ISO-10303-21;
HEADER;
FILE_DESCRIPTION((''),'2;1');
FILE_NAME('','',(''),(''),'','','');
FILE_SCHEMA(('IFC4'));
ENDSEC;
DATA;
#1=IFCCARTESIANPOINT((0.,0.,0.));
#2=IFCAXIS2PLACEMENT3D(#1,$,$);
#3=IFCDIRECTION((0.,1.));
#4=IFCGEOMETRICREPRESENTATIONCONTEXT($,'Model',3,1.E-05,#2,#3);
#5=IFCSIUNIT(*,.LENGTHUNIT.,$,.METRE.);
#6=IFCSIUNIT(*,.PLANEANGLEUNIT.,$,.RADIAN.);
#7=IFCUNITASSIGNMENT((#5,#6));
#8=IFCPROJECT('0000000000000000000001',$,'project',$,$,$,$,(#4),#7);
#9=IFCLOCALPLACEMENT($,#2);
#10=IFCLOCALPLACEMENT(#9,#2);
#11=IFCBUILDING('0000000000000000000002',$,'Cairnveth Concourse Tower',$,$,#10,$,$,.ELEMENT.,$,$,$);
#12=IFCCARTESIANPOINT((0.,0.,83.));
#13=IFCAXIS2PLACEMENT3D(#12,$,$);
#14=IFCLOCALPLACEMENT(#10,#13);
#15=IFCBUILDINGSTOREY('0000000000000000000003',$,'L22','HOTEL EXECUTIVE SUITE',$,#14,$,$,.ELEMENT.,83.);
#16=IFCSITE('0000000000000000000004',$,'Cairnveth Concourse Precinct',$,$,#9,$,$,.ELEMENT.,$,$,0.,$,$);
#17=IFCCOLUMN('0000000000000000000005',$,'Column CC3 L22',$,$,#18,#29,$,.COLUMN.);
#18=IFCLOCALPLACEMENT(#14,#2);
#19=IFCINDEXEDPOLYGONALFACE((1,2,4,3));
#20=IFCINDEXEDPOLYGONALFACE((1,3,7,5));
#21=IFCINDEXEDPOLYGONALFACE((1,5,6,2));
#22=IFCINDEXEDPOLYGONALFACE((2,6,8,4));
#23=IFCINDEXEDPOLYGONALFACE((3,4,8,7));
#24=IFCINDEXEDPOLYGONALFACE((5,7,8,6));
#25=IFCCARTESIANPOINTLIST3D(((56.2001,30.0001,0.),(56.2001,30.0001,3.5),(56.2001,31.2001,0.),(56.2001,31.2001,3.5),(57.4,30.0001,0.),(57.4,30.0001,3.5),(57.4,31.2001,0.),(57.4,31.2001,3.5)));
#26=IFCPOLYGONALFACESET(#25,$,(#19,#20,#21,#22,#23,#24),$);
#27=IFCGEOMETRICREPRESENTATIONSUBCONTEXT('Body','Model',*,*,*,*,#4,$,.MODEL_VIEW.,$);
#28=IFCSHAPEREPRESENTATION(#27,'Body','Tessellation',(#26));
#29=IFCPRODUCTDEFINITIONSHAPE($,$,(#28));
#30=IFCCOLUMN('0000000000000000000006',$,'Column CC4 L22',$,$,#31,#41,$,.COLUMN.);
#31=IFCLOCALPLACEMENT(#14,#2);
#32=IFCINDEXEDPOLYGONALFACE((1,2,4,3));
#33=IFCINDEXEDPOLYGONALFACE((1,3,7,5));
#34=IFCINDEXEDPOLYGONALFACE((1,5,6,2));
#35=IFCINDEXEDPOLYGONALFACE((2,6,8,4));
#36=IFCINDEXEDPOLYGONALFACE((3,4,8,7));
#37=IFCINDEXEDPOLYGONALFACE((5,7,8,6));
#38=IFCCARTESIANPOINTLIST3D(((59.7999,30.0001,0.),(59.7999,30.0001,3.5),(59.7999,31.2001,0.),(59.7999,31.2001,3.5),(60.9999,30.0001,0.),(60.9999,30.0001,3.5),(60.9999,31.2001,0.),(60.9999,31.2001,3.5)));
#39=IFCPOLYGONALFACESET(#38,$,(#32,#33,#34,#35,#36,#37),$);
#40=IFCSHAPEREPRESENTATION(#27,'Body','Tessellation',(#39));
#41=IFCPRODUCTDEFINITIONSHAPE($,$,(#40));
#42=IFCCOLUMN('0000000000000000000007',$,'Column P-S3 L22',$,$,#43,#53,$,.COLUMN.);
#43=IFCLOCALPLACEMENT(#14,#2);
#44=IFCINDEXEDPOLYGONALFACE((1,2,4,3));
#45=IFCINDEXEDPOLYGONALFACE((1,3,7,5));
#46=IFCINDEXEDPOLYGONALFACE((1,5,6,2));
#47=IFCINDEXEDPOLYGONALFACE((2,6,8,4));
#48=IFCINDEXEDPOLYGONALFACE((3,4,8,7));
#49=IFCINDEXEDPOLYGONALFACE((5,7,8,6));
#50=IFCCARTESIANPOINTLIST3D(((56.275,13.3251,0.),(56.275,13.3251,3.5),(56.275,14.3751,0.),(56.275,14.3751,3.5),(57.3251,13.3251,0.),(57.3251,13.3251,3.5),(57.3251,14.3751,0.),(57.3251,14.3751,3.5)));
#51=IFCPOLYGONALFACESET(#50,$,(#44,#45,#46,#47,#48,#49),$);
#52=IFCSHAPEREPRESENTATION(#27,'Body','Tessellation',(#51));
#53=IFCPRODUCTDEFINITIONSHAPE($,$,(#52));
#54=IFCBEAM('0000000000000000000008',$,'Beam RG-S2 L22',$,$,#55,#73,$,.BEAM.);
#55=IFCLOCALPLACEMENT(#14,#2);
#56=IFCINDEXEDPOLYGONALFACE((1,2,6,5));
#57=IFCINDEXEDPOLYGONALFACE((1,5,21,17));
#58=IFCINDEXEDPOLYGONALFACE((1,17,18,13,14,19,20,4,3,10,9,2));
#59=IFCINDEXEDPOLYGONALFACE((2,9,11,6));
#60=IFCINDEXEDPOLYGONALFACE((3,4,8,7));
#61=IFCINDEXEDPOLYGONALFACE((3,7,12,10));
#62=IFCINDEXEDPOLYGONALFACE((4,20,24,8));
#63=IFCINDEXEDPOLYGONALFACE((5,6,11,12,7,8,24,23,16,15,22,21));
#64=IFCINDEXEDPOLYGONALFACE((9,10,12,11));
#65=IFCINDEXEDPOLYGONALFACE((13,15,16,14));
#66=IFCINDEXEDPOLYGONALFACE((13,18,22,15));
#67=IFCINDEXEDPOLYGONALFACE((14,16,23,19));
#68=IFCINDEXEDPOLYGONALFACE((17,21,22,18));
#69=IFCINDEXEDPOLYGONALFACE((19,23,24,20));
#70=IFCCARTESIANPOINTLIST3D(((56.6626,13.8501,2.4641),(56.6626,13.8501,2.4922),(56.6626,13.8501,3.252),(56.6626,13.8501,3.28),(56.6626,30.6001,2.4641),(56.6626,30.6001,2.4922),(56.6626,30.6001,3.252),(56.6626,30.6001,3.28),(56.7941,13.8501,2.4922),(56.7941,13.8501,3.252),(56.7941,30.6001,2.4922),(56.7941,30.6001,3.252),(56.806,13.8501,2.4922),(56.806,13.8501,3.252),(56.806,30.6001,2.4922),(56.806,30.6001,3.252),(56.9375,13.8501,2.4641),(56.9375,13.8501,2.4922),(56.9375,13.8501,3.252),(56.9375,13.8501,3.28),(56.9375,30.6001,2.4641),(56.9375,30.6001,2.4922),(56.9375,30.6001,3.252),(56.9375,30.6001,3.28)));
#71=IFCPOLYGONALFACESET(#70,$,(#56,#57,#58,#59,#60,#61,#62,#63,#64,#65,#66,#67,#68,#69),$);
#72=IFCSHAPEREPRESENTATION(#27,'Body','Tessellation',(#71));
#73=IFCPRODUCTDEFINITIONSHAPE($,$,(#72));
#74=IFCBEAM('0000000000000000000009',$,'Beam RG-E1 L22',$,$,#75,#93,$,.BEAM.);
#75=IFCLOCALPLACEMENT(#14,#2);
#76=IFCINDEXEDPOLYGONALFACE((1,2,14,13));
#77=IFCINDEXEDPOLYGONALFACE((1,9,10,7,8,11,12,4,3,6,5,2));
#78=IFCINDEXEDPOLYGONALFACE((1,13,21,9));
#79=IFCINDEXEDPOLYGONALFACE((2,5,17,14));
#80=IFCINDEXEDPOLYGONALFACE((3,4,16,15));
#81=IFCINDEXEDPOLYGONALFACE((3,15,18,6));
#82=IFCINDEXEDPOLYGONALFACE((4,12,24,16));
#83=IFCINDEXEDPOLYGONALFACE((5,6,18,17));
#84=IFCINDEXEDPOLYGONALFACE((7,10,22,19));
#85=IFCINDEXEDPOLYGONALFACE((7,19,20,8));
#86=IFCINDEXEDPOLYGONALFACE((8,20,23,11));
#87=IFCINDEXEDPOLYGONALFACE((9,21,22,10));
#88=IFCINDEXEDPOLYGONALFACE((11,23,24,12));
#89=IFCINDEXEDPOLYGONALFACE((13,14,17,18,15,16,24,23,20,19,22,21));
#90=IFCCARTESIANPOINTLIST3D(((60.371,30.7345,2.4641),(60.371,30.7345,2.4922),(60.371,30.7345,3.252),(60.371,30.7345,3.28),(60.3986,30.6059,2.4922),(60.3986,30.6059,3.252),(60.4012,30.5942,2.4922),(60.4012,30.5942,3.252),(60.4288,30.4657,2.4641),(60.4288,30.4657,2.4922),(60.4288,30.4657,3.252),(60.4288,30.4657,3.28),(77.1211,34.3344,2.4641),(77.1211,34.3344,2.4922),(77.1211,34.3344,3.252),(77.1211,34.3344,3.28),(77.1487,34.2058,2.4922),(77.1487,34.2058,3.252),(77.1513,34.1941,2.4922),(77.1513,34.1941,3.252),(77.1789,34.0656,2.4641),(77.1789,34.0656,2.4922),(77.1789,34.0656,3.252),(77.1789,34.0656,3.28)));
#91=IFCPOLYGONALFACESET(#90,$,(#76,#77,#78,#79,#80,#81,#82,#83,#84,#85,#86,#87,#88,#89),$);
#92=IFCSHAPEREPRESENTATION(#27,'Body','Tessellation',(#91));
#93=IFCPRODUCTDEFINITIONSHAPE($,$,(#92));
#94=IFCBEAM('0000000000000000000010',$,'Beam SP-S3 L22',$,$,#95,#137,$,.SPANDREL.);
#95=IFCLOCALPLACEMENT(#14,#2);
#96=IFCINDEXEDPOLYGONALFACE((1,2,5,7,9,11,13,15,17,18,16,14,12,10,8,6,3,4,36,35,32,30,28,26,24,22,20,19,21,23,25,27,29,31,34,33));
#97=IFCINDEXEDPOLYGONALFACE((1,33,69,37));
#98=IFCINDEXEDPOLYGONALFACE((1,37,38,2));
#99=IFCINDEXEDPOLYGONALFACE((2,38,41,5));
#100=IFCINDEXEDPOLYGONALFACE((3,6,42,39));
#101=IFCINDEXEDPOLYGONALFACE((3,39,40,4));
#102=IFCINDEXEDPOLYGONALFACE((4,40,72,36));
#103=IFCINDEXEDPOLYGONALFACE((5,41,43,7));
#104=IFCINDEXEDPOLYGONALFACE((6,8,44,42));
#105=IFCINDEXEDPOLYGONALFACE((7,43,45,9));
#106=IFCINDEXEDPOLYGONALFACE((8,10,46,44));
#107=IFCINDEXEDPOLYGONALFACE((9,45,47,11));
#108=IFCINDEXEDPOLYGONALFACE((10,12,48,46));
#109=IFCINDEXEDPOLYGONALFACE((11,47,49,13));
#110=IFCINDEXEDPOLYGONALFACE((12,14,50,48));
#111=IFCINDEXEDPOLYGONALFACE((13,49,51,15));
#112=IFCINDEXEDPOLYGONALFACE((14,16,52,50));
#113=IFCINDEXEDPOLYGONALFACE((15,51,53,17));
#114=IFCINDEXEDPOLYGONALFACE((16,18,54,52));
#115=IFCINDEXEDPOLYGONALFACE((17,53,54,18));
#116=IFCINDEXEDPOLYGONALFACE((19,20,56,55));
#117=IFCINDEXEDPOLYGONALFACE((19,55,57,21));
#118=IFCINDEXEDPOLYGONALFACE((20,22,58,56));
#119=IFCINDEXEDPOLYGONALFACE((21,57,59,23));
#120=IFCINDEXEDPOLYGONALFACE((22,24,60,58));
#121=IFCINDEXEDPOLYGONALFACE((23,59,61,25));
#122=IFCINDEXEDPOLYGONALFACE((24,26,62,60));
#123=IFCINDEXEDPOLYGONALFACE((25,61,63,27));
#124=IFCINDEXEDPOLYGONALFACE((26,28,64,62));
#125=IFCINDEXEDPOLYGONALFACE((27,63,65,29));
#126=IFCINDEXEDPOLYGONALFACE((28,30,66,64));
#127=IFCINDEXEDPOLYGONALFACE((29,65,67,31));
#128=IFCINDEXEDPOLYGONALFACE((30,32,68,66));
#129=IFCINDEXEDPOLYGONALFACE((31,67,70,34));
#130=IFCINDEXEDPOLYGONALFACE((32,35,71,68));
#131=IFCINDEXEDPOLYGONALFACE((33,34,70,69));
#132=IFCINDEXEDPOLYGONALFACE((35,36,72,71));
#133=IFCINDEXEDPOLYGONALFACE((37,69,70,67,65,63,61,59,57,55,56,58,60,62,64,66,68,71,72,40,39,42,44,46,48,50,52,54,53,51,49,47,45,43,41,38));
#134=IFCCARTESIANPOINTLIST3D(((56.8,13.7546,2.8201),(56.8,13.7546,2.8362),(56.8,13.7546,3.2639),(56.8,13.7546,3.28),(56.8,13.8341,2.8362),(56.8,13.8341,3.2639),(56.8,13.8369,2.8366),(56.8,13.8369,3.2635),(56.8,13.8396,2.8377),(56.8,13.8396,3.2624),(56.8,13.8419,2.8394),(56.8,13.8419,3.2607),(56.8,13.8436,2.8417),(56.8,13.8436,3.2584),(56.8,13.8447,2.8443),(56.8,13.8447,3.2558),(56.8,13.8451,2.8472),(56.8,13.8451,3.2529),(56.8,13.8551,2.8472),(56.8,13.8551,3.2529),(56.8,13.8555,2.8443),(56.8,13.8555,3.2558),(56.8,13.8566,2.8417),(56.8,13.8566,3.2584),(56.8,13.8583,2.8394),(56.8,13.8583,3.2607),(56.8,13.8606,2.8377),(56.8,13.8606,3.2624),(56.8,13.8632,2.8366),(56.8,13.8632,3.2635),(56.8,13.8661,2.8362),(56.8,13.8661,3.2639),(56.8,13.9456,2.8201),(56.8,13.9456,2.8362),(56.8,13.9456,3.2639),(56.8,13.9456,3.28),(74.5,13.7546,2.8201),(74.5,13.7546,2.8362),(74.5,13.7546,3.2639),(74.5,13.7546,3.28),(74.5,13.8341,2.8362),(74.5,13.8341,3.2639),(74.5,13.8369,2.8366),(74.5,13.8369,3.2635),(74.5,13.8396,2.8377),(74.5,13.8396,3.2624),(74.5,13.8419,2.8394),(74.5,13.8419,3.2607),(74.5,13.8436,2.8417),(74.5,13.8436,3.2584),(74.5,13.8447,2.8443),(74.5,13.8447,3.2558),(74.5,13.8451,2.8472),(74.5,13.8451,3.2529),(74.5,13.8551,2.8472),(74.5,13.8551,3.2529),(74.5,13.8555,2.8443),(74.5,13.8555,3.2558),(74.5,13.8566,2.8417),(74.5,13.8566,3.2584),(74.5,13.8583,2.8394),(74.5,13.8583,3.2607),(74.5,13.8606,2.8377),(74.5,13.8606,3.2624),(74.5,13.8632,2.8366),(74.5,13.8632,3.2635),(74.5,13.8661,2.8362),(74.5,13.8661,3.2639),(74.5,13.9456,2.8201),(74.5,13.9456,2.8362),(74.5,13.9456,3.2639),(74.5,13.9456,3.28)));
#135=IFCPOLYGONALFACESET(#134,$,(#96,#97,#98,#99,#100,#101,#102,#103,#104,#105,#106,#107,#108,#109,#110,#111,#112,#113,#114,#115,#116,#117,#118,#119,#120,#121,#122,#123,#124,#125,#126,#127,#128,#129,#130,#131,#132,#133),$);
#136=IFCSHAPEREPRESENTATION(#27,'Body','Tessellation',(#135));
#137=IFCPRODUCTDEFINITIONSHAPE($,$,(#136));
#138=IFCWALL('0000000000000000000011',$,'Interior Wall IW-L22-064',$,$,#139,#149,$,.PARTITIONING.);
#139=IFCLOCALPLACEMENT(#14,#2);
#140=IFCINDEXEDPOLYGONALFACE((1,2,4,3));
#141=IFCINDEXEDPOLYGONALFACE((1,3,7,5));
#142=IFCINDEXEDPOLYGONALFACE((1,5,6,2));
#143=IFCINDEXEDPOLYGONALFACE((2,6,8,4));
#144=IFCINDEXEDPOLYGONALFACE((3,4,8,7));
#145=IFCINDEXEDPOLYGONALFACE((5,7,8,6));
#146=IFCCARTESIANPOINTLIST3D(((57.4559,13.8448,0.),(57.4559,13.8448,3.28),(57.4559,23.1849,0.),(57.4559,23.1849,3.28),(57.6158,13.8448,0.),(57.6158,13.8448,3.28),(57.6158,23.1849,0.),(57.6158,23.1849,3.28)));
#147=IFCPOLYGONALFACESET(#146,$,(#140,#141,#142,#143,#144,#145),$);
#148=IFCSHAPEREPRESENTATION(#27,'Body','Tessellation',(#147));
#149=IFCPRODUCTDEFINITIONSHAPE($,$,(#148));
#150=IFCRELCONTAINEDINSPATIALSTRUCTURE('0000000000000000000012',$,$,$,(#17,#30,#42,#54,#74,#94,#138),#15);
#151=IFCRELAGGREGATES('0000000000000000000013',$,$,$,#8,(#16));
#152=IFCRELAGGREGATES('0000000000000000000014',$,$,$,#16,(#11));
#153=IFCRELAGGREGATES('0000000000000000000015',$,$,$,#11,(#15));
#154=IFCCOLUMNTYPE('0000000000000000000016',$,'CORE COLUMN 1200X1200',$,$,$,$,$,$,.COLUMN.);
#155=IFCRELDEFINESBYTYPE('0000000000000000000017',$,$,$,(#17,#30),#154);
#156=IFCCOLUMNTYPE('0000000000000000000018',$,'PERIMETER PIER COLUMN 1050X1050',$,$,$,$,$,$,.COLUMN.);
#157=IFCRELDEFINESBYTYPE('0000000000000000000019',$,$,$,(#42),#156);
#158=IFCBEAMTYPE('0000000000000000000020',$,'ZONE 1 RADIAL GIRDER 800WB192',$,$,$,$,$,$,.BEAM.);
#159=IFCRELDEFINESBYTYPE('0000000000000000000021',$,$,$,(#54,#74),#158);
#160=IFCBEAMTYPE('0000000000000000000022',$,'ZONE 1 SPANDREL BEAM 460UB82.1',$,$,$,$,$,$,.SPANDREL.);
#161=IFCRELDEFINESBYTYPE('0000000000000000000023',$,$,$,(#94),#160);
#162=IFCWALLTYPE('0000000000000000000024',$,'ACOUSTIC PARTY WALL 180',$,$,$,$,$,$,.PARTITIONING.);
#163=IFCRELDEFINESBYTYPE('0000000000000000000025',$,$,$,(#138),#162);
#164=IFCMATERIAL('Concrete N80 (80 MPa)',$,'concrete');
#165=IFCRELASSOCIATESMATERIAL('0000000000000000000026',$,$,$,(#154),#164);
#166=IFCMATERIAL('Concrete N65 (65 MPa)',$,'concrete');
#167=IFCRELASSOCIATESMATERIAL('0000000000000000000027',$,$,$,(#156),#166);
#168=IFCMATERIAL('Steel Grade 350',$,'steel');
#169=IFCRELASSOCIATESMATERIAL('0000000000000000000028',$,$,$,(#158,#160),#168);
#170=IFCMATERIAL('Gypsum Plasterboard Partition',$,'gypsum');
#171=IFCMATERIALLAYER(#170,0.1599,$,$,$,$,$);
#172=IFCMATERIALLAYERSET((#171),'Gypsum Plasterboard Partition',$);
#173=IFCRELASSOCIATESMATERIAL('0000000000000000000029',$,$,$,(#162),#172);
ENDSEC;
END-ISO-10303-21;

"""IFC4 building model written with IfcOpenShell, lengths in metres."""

from ifc_helpers import new_model, si_unit, direction, frame, frame_2d, origin, origin_2d, place, context, subcontext, project, spatial, rectangle, i_section, extrude, material, layer, layer_set, material_profile, profile_set, type_object, element, save


model = new_model("IFC4")

# Units and contexts
model_context = context("Model", 3, precision=1e-05, world=origin(), true_north=direction((0.0, 1.0)))
body_context = subcontext(model_context, "Body", "Model", "MODEL_VIEW")
ifc_project = project(units=[si_unit("LENGTHUNIT", "METRE"), si_unit("PLANEANGLEUNIT", "RADIAN")], contexts=[model_context])

# Site, building, storey
site_placement = place(None, origin())
site = spatial("IfcSite", under=ifc_project, at=site_placement, Name="Cairnveth Concourse Precinct", CompositionType="ELEMENT", RefElevation=0.0)
building_placement = place(site_placement, origin())
building = spatial("IfcBuilding", under=site, at=building_placement, Name="Cairnveth Concourse Tower", CompositionType="ELEMENT")
storey_placement = place(building_placement, frame((0.0, 0.0, 83.0)))
storey = spatial("IfcBuildingStorey", under=building, at=storey_placement, Name="L22", Description="HOTEL EXECUTIVE SUITE", CompositionType="ELEMENT", Elevation=83.0)

# Columns
ifc_material_1 = material(Name="Concrete N80 (80 MPa)", Category="concrete")
ifc_material_profile_1 = material_profile(ifc_material_1, rectangle(XDim=1.2, YDim=1.2, at=origin_2d()), Name="RC-COL-1200x1200")
ifc_profile_set_1 = profile_set([ifc_material_profile_1], Name="Concrete N80 (80 MPa)")
column_type_1 = type_object("IfcColumnType", Name="CORE COLUMN 1200X1200", PredefinedType="COLUMN", material=ifc_profile_set_1)
for number, where, z_axis, x_axis, name in (
    (1, (56.8, 30.6001, 0.0), (0.0, 0.0, 1.0), (1.0, 0.0, 0.0), "Column CC3 L22"),
    (2, (60.3999, 30.6001, 0.0), (0.0, 0.0, 1.0), (1.0, 0.0, 0.0), "Column CC4 L22"),
):
    element("IfcColumn", number, at=place(storey_placement, frame(where, z_axis=z_axis, x_axis=x_axis)), inside=storey, type_object=column_type_1, Name=name, PredefinedType="COLUMN", context=body_context, shape_type="SweptSolid", body=[
        extrude(rectangle(XDim=1.2, YDim=1.2, at=origin_2d()), origin(), (0.0, 0.0, 1.0), 3.5),
    ])
ifc_material_2 = material(Name="Concrete N65 (65 MPa)", Category="concrete")
ifc_material_profile_2 = material_profile(ifc_material_2, rectangle(XDim=1.05, YDim=1.05, at=origin_2d()), Name="RC-COL-1050x1050")
ifc_profile_set_2 = profile_set([ifc_material_profile_2], Name="Concrete N65 (65 MPa)")
column_type_2 = type_object("IfcColumnType", Name="PERIMETER PIER COLUMN 1050X1050", PredefinedType="COLUMN", material=ifc_profile_set_2)
column_placement = place(storey_placement, frame((56.8, 13.8501, 0.0), z_axis=(0.0, 0.0, 1.0), x_axis=(1.0, 0.0, 0.0)))
element("IfcColumn", 3, at=column_placement, inside=storey, type_object=column_type_2, Name="Column P-S3 L22", PredefinedType="COLUMN", context=body_context, shape_type="SweptSolid", body=[
    extrude(rectangle(XDim=1.05, YDim=1.05, at=origin_2d()), origin(), (0.0, 0.0, 1.0), 3.5),
])

# Beams
ifc_material_3 = material(Name="Steel Grade 350", Category="steel")
ifc_material_profile_3 = material_profile(ifc_material_3, i_section(OverallWidth=0.2749, OverallDepth=0.8159, WebThickness=0.012, FlangeThickness=0.0281, at=origin_2d()), Name="800WB192")
ifc_profile_set_3 = profile_set([ifc_material_profile_3], Name="Steel Grade 350")
beam_type_1 = type_object("IfcBeamType", Name="ZONE 1 RADIAL GIRDER 800WB192", PredefinedType="BEAM", material=ifc_profile_set_3)
beam_1_placement = place(storey_placement, frame((56.8, 13.8501, 2.8721), z_axis=(0.0, 1.0, 0.0), x_axis=(-1.0, 0.0, 0.0)))
element("IfcBeam", 4, at=beam_1_placement, inside=storey, type_object=beam_type_1, Name="Beam RG-S2 L22", PredefinedType="BEAM", context=body_context, shape_type="SweptSolid", body=[
    extrude(i_section(OverallWidth=0.2749, OverallDepth=0.8159, WebThickness=0.012, FlangeThickness=0.0281, at=origin_2d()), origin(), (0.0, 0.0, 1.0), 16.75),
])
beam_2_placement = place(storey_placement, frame((60.3999, 30.6001, 2.8721), z_axis=(0.977676, 0.210119, 0.0), x_axis=(-0.210119, 0.977676, 0.0)))
element("IfcBeam", 5, at=beam_2_placement, inside=storey, type_object=beam_type_1, Name="Beam RG-E1 L22", PredefinedType="BEAM", context=body_context, shape_type="SweptSolid", body=[
    extrude(i_section(OverallWidth=0.2749, OverallDepth=0.8159, WebThickness=0.012, FlangeThickness=0.0281, at=origin_2d()), origin(), (0.0, 0.0, 1.0), 17.1326),
])
ifc_material_profile_4 = material_profile(ifc_material_3, i_section(OverallWidth=0.1909, OverallDepth=0.46, WebThickness=0.01, FlangeThickness=0.0161, FilletRadius=0.011, at=origin_2d()), Name="460UB82.1")
ifc_profile_set_4 = profile_set([ifc_material_profile_4], Name="Steel Grade 350")
beam_type_2 = type_object("IfcBeamType", Name="ZONE 1 SPANDREL BEAM 460UB82.1", PredefinedType="SPANDREL", material=ifc_profile_set_4)
beam_3_placement = place(storey_placement, frame((56.8, 13.8501, 3.05), z_axis=(1.0, 0.0, 0.0), x_axis=(0.0, 1.0, 0.0)))
element("IfcBeam", 6, at=beam_3_placement, inside=storey, type_object=beam_type_2, Name="Beam SP-S3 L22", PredefinedType="SPANDREL", context=body_context, shape_type="SweptSolid", body=[
    extrude(i_section(OverallWidth=0.1909, OverallDepth=0.46, WebThickness=0.01, FlangeThickness=0.0161, FilletRadius=0.011, at=origin_2d()), origin(), (0.0, 0.0, 1.0), 17.7),
])

# Wall
ifc_material_4 = material(Name="Gypsum Plasterboard Partition", Category="gypsum")
ifc_layer_1 = layer(ifc_material_4, 0.1599)
ifc_layer_set_1 = layer_set([ifc_layer_1], Name="Gypsum Plasterboard Partition")
wall_type_1 = type_object("IfcWallType", Name="ACOUSTIC PARTY WALL 180", PredefinedType="PARTITIONING", material=ifc_layer_set_1)
wall_1_placement = place(storey_placement, frame((57.5359, 13.845, 0.0), z_axis=(0.0, 0.0, 1.0), x_axis=(0.0, 1.0, 0.0)))
element("IfcWall", 7, at=wall_1_placement, inside=storey, type_object=wall_type_1, Name="Interior Wall IW-L22-064", PredefinedType="PARTITIONING", context=body_context, shape_type="SweptSolid", body=[
    extrude(rectangle(XDim=9.3401, YDim=0.1599, at=frame_2d((4.6699, 0.0))), origin(), (0.0, 0.0, 1.0), 3.28),
])

save(model, "model.ifc")
